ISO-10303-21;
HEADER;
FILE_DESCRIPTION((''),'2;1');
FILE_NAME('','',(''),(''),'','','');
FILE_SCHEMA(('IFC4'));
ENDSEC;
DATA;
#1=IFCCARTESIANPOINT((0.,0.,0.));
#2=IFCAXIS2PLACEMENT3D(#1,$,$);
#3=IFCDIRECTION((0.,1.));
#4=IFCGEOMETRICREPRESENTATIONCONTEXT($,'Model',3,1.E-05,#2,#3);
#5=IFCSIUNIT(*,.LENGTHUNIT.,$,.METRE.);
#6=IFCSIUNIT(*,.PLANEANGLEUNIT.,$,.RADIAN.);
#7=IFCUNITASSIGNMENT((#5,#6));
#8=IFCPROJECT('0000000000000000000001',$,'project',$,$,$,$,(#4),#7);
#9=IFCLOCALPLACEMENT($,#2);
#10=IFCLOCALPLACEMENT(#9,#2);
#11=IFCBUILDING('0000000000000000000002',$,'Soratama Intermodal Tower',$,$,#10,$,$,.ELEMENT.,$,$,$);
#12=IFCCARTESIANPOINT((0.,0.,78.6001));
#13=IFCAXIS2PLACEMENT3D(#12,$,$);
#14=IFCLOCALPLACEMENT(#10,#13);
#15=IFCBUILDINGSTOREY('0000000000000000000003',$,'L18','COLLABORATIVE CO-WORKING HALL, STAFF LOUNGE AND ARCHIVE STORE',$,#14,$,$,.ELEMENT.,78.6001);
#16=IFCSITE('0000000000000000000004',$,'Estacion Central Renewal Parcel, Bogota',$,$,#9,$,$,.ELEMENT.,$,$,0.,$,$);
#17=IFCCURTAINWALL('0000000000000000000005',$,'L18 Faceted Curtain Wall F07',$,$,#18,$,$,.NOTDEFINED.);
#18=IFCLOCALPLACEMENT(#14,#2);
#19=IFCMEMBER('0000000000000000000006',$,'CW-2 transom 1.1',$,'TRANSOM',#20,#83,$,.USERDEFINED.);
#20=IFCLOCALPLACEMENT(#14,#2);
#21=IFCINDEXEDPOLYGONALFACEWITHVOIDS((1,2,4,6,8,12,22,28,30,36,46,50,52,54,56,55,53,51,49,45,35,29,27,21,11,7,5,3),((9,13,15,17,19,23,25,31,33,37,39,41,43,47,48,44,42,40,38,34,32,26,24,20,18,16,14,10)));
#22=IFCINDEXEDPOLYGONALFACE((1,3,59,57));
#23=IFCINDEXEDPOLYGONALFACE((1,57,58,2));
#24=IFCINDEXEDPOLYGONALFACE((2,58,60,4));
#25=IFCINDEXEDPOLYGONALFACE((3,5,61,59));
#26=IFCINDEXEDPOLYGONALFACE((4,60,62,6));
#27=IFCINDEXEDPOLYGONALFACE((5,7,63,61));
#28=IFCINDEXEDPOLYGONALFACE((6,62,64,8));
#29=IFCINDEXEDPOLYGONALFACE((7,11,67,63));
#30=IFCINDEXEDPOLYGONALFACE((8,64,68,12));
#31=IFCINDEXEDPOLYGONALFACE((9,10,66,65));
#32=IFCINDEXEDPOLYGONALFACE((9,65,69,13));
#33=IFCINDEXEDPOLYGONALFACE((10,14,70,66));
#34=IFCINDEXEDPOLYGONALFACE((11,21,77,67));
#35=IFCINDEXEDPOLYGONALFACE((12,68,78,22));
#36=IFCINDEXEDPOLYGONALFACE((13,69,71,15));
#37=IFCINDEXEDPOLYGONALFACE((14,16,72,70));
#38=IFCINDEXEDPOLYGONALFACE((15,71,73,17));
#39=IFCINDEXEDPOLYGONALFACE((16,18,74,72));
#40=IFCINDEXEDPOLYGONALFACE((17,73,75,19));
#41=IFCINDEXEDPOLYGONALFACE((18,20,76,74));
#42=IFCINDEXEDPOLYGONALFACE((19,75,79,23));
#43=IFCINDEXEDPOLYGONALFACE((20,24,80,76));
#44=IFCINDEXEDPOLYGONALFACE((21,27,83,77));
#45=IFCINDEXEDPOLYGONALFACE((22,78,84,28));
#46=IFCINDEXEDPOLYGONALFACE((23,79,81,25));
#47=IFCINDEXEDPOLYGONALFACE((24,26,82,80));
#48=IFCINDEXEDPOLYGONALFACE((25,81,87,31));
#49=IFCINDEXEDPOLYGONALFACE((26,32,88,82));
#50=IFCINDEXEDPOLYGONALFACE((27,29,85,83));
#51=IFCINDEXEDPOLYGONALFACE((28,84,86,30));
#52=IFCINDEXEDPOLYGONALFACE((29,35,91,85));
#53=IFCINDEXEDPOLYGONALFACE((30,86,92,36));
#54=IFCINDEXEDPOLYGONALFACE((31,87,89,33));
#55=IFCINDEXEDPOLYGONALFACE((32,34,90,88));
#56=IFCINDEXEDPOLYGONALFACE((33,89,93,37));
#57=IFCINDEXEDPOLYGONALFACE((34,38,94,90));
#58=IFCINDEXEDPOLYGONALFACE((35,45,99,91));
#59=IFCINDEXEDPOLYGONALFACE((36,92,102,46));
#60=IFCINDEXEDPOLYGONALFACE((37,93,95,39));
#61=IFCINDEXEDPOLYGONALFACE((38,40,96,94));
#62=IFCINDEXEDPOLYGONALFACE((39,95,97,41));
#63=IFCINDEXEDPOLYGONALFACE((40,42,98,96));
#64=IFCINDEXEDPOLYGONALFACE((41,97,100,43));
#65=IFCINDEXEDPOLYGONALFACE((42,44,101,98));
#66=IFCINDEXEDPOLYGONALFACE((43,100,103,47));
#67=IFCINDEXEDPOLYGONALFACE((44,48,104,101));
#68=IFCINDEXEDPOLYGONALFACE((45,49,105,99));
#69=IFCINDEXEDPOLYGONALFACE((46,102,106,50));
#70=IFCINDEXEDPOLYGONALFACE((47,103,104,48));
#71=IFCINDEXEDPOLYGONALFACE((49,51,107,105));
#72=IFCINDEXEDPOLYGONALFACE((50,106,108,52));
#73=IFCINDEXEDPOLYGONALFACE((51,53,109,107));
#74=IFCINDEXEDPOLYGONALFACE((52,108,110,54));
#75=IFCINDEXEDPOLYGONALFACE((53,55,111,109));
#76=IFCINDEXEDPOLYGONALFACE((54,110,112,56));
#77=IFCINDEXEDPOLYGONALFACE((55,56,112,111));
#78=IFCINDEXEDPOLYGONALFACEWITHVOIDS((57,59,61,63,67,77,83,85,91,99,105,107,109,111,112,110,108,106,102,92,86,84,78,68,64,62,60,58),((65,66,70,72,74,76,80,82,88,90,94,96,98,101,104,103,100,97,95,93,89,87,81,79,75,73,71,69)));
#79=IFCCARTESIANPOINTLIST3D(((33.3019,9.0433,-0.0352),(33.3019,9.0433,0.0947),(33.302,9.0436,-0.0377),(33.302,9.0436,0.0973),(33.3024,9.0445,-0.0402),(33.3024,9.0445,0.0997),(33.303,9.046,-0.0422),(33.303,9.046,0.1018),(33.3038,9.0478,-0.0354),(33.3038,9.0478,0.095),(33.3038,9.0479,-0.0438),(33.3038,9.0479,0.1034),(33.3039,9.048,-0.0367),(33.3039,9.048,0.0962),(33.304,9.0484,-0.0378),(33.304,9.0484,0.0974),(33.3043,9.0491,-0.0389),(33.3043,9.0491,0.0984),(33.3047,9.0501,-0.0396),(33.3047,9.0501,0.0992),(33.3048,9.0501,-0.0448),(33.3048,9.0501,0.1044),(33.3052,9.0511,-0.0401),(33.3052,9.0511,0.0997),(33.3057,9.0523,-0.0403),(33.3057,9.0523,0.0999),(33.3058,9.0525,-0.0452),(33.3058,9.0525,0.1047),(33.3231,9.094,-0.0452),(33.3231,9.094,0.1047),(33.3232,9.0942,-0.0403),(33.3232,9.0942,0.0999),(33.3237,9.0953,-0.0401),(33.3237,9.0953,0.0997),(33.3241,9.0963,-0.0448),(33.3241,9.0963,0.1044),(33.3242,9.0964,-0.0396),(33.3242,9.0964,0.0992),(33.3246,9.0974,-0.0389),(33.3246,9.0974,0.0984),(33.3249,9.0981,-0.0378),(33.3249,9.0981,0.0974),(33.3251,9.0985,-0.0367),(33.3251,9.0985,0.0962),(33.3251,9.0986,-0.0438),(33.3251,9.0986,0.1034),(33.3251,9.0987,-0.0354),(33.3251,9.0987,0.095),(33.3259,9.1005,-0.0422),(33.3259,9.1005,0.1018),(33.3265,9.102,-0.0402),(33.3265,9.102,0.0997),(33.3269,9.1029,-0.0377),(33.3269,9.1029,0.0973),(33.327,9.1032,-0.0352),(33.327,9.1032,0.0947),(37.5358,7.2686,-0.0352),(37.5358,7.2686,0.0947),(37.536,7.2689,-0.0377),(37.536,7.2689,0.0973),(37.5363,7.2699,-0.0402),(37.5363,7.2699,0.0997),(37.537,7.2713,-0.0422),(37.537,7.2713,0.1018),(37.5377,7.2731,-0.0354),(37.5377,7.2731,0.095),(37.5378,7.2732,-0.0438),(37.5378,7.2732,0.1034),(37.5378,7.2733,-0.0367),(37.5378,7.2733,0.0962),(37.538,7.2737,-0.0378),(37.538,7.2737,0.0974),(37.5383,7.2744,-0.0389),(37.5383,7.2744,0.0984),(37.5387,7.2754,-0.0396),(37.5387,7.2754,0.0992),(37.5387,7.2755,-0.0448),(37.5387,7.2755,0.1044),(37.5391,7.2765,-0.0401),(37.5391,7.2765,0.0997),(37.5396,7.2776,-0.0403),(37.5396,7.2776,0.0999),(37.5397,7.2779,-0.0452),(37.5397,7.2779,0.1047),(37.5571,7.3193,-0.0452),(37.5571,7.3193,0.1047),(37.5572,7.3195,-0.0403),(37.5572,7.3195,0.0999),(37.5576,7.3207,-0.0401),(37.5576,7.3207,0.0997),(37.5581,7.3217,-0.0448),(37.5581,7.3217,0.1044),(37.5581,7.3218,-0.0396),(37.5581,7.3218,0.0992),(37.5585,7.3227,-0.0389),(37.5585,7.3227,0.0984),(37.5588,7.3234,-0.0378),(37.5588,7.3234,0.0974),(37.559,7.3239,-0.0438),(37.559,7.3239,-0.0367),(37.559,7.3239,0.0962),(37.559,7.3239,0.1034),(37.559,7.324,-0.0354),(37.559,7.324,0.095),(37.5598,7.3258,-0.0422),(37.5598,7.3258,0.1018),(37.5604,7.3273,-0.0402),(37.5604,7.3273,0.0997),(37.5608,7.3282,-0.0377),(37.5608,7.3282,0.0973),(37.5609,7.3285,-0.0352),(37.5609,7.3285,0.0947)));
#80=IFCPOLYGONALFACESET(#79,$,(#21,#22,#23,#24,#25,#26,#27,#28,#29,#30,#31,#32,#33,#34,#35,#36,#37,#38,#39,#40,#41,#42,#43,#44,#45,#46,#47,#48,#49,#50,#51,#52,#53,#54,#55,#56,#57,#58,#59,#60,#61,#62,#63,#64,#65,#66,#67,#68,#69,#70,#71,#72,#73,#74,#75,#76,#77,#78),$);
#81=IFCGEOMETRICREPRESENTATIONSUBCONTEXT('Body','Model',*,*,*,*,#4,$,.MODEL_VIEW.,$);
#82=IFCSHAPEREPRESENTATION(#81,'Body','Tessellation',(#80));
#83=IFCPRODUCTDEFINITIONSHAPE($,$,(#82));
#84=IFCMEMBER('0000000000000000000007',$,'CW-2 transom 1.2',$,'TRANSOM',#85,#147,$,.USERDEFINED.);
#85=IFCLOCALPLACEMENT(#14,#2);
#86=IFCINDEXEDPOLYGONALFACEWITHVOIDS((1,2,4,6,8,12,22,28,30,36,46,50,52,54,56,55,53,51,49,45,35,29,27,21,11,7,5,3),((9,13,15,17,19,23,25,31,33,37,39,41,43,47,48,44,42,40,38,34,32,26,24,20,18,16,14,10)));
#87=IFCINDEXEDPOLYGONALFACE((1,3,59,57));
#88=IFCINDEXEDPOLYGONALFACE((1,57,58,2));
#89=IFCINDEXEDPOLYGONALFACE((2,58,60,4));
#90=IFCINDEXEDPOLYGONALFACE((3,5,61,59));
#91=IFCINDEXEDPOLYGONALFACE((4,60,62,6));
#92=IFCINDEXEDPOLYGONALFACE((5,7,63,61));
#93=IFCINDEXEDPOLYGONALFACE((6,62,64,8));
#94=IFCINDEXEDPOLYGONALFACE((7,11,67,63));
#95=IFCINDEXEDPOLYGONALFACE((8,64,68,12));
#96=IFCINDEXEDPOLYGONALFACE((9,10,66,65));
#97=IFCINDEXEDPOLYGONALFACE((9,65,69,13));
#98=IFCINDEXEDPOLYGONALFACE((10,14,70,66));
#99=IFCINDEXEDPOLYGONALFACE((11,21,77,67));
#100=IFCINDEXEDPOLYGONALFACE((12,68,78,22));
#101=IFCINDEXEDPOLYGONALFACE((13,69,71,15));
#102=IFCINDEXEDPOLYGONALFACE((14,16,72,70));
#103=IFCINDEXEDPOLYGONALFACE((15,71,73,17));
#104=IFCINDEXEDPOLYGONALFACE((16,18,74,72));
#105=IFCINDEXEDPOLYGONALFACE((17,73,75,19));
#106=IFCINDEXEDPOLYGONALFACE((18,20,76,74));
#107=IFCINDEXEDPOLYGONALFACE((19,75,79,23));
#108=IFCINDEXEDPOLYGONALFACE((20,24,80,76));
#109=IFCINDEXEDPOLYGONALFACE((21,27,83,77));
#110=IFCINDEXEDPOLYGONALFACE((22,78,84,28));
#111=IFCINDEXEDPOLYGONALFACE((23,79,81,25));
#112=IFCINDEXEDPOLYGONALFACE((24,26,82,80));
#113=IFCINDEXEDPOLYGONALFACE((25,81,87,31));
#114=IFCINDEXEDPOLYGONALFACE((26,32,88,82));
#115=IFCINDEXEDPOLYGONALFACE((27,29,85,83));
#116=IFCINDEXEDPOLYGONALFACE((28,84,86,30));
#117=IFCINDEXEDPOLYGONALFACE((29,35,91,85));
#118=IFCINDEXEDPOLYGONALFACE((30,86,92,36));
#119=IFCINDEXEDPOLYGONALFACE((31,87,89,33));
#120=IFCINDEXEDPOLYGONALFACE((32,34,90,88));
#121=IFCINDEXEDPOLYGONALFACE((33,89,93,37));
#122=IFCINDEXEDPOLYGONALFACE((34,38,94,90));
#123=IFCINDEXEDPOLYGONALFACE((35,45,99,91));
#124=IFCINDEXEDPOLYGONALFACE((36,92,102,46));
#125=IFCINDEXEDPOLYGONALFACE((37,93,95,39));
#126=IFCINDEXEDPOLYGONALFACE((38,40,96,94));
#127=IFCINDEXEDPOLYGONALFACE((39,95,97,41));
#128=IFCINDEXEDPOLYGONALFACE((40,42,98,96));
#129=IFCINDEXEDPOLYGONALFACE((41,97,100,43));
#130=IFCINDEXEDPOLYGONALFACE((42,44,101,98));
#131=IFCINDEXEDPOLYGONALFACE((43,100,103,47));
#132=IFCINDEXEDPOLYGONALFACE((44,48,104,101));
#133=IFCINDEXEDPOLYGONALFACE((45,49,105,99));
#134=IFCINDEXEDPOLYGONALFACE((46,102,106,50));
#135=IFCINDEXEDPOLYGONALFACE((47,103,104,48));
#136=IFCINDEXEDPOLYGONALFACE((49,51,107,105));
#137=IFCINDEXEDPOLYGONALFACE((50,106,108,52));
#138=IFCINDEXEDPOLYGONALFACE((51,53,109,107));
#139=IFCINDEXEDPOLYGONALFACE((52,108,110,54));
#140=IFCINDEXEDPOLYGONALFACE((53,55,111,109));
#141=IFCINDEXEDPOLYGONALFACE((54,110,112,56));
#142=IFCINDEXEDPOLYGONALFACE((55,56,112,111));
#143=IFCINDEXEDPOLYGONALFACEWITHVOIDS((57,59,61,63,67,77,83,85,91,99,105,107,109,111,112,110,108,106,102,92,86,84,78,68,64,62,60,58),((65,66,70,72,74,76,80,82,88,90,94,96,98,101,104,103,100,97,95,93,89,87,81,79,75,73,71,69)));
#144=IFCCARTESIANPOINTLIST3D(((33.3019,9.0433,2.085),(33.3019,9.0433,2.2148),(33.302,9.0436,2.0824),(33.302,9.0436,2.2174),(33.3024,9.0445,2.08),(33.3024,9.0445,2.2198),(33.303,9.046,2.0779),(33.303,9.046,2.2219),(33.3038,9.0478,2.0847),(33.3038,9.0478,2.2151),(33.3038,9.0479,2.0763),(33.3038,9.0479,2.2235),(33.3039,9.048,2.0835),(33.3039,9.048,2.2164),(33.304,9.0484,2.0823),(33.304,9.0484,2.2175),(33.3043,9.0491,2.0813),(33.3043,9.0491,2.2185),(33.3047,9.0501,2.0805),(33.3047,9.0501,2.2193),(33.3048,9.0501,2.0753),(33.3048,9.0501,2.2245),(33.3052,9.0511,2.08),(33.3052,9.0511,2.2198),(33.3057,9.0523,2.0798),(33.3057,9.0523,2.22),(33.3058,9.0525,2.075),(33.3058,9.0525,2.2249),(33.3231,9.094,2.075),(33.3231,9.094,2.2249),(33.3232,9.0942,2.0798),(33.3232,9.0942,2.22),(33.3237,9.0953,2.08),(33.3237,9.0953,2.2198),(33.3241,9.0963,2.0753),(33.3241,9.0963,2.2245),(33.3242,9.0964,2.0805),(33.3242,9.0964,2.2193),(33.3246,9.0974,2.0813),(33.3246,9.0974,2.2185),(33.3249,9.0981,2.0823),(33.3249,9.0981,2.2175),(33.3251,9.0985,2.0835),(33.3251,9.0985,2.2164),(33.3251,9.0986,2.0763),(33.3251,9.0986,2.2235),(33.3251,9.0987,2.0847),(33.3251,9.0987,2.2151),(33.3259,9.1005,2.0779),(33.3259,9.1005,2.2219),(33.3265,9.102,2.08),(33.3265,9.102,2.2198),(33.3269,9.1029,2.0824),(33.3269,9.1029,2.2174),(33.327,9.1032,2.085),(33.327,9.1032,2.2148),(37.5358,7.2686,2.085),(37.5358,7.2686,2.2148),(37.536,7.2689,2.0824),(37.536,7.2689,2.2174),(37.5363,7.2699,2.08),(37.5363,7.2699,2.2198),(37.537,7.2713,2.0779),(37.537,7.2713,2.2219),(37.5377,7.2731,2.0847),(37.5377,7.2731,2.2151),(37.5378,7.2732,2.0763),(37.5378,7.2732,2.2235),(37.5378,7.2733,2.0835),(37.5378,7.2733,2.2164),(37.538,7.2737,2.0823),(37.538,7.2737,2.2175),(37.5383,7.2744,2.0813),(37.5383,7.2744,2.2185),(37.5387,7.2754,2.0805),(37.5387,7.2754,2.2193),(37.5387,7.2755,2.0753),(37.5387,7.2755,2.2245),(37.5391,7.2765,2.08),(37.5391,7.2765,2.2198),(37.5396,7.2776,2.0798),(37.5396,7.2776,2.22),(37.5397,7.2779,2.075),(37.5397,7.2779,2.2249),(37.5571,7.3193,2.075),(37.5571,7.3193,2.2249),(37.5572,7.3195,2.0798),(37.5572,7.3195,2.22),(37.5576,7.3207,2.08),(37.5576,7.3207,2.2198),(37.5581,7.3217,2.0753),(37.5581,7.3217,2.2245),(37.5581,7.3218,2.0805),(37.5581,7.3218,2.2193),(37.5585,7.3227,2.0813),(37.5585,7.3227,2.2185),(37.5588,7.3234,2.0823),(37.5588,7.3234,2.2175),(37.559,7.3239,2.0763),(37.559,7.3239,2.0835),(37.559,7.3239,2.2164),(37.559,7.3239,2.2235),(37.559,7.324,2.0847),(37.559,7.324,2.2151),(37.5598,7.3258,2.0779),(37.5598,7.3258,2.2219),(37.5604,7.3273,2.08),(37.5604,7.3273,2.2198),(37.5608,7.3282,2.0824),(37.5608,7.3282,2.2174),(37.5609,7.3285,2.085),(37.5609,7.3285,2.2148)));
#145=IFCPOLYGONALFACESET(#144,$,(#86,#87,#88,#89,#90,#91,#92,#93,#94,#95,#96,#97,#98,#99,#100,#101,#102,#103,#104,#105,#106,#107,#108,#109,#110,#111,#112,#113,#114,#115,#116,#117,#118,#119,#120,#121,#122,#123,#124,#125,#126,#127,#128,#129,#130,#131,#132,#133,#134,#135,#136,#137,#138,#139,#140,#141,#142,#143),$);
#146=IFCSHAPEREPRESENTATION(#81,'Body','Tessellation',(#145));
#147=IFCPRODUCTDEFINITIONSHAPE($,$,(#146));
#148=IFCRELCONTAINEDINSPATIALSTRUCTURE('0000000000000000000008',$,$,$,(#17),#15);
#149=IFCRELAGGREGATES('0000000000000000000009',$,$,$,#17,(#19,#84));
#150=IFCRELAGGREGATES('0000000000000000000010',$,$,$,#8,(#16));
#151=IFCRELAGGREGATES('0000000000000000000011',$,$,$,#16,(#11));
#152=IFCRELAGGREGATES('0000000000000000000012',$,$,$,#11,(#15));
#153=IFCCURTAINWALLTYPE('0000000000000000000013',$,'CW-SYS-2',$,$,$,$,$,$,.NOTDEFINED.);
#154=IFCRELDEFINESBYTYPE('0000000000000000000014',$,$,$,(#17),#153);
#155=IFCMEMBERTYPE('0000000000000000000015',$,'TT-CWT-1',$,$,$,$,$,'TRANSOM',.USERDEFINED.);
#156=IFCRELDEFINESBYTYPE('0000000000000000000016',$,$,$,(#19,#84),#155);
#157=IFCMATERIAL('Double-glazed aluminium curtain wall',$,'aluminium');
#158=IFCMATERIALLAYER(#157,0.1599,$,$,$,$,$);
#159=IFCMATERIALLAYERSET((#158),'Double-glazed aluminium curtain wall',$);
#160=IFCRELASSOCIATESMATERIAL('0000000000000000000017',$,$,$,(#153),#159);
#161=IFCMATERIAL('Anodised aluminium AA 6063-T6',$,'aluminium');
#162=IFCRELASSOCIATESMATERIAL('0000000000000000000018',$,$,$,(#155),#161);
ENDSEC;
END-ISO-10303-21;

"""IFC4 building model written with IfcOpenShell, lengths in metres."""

from ifc_helpers import new_model, si_unit, direction, frame, origin, origin_2d, place, context, subcontext, project, spatial, hollow_rectangle, extrude, material, layer, layer_set, material_profile, profile_set, type_object, element, aggregate, save


model = new_model("IFC4")

# Units and contexts
model_context = context("Model", 3, precision=1e-05, world=origin(), true_north=direction((0.0, 1.0)))
body_context = subcontext(model_context, "Body", "Model", "MODEL_VIEW")
ifc_project = project(units=[si_unit("LENGTHUNIT", "METRE"), si_unit("PLANEANGLEUNIT", "RADIAN")], contexts=[model_context])

# Site, building, storey
site_placement = place(None, origin())
site = spatial("IfcSite", under=ifc_project, at=site_placement, Name="Estacion Central Renewal Parcel, Bogota", CompositionType="ELEMENT", RefElevation=0.0)
building_placement = place(site_placement, origin())
building = spatial("IfcBuilding", under=site, at=building_placement, Name="Soratama Intermodal Tower", CompositionType="ELEMENT")
storey_placement = place(building_placement, frame((0.0, 0.0, 78.6001)))
storey = spatial("IfcBuildingStorey", under=building, at=storey_placement, Name="L18", Description="COLLABORATIVE CO-WORKING HALL, STAFF LOUNGE AND ARCHIVE STORE", CompositionType="ELEMENT", Elevation=78.6001)

# Curtain wall, members
ifc_material_1 = material(Name="Double-glazed aluminium curtain wall", Category="aluminium")
ifc_layer_1 = layer(ifc_material_1, 0.1599)
ifc_layer_set_1 = layer_set([ifc_layer_1], Name="Double-glazed aluminium curtain wall")
curtain_wall_type = type_object("IfcCurtainWallType", Name="CW-SYS-2", PredefinedType="NOTDEFINED", material=ifc_layer_set_1)
curtain_wall_placement = place(storey_placement, origin())
curtain_wall = element("IfcCurtainWall", 1, at=curtain_wall_placement, inside=storey, type_object=curtain_wall_type, Name="L18 Faceted Curtain Wall F07", PredefinedType="NOTDEFINED")
ifc_material_2 = material(Name="Anodised aluminium AA 6063-T6", Category="aluminium")
ifc_material_profile_1 = material_profile(ifc_material_2, hollow_rectangle(XDim=0.0649, YDim=0.1499, WallThickness=0.0049, InnerFilletRadius=0.0049, OuterFilletRadius=0.01, at=origin_2d()), Name="CWT150X65X5")
ifc_profile_set_1 = profile_set([ifc_material_profile_1], Name="Anodised aluminium AA 6063-T6")
member_type_1 = type_object("IfcMemberType", Name="TT-CWT-1", ElementType="TRANSOM", PredefinedType="USERDEFINED", material=ifc_profile_set_1)
member_1_placement = place(storey_placement, frame((33.3145, 9.0732, 0.0298), z_axis=(0.92226, -0.386571, 0.0), x_axis=(0.386571, 0.92226, 0.0)))
member_1 = element("IfcMember", 2, at=member_1_placement, type_object=member_type_1, Name="CW-2 transom 1.1", ObjectType="TRANSOM", PredefinedType="USERDEFINED", context=body_context, shape_type="SweptSolid", body=[
    extrude(hollow_rectangle(XDim=0.0649, YDim=0.1499, WallThickness=0.0049, InnerFilletRadius=0.0049, OuterFilletRadius=0.01, at=origin_2d()), origin(), (0.0, 0.0, 1.0), 4.5908),
])
member_2_placement = place(storey_placement, frame((33.3145, 9.0732, 2.1499), z_axis=(0.92226, -0.386571, 0.0), x_axis=(0.386571, 0.92226, 0.0)))
member_2 = element("IfcMember", 3, at=member_2_placement, type_object=member_type_1, Name="CW-2 transom 1.2", ObjectType="TRANSOM", PredefinedType="USERDEFINED", context=body_context, shape_type="SweptSolid", body=[
    extrude(hollow_rectangle(XDim=0.0649, YDim=0.1499, WallThickness=0.0049, InnerFilletRadius=0.0049, OuterFilletRadius=0.01, at=origin_2d()), origin(), (0.0, 0.0, 1.0), 4.5908),
])
aggregate(curtain_wall, [member_1, member_2])

save(model, "model.ifc")
